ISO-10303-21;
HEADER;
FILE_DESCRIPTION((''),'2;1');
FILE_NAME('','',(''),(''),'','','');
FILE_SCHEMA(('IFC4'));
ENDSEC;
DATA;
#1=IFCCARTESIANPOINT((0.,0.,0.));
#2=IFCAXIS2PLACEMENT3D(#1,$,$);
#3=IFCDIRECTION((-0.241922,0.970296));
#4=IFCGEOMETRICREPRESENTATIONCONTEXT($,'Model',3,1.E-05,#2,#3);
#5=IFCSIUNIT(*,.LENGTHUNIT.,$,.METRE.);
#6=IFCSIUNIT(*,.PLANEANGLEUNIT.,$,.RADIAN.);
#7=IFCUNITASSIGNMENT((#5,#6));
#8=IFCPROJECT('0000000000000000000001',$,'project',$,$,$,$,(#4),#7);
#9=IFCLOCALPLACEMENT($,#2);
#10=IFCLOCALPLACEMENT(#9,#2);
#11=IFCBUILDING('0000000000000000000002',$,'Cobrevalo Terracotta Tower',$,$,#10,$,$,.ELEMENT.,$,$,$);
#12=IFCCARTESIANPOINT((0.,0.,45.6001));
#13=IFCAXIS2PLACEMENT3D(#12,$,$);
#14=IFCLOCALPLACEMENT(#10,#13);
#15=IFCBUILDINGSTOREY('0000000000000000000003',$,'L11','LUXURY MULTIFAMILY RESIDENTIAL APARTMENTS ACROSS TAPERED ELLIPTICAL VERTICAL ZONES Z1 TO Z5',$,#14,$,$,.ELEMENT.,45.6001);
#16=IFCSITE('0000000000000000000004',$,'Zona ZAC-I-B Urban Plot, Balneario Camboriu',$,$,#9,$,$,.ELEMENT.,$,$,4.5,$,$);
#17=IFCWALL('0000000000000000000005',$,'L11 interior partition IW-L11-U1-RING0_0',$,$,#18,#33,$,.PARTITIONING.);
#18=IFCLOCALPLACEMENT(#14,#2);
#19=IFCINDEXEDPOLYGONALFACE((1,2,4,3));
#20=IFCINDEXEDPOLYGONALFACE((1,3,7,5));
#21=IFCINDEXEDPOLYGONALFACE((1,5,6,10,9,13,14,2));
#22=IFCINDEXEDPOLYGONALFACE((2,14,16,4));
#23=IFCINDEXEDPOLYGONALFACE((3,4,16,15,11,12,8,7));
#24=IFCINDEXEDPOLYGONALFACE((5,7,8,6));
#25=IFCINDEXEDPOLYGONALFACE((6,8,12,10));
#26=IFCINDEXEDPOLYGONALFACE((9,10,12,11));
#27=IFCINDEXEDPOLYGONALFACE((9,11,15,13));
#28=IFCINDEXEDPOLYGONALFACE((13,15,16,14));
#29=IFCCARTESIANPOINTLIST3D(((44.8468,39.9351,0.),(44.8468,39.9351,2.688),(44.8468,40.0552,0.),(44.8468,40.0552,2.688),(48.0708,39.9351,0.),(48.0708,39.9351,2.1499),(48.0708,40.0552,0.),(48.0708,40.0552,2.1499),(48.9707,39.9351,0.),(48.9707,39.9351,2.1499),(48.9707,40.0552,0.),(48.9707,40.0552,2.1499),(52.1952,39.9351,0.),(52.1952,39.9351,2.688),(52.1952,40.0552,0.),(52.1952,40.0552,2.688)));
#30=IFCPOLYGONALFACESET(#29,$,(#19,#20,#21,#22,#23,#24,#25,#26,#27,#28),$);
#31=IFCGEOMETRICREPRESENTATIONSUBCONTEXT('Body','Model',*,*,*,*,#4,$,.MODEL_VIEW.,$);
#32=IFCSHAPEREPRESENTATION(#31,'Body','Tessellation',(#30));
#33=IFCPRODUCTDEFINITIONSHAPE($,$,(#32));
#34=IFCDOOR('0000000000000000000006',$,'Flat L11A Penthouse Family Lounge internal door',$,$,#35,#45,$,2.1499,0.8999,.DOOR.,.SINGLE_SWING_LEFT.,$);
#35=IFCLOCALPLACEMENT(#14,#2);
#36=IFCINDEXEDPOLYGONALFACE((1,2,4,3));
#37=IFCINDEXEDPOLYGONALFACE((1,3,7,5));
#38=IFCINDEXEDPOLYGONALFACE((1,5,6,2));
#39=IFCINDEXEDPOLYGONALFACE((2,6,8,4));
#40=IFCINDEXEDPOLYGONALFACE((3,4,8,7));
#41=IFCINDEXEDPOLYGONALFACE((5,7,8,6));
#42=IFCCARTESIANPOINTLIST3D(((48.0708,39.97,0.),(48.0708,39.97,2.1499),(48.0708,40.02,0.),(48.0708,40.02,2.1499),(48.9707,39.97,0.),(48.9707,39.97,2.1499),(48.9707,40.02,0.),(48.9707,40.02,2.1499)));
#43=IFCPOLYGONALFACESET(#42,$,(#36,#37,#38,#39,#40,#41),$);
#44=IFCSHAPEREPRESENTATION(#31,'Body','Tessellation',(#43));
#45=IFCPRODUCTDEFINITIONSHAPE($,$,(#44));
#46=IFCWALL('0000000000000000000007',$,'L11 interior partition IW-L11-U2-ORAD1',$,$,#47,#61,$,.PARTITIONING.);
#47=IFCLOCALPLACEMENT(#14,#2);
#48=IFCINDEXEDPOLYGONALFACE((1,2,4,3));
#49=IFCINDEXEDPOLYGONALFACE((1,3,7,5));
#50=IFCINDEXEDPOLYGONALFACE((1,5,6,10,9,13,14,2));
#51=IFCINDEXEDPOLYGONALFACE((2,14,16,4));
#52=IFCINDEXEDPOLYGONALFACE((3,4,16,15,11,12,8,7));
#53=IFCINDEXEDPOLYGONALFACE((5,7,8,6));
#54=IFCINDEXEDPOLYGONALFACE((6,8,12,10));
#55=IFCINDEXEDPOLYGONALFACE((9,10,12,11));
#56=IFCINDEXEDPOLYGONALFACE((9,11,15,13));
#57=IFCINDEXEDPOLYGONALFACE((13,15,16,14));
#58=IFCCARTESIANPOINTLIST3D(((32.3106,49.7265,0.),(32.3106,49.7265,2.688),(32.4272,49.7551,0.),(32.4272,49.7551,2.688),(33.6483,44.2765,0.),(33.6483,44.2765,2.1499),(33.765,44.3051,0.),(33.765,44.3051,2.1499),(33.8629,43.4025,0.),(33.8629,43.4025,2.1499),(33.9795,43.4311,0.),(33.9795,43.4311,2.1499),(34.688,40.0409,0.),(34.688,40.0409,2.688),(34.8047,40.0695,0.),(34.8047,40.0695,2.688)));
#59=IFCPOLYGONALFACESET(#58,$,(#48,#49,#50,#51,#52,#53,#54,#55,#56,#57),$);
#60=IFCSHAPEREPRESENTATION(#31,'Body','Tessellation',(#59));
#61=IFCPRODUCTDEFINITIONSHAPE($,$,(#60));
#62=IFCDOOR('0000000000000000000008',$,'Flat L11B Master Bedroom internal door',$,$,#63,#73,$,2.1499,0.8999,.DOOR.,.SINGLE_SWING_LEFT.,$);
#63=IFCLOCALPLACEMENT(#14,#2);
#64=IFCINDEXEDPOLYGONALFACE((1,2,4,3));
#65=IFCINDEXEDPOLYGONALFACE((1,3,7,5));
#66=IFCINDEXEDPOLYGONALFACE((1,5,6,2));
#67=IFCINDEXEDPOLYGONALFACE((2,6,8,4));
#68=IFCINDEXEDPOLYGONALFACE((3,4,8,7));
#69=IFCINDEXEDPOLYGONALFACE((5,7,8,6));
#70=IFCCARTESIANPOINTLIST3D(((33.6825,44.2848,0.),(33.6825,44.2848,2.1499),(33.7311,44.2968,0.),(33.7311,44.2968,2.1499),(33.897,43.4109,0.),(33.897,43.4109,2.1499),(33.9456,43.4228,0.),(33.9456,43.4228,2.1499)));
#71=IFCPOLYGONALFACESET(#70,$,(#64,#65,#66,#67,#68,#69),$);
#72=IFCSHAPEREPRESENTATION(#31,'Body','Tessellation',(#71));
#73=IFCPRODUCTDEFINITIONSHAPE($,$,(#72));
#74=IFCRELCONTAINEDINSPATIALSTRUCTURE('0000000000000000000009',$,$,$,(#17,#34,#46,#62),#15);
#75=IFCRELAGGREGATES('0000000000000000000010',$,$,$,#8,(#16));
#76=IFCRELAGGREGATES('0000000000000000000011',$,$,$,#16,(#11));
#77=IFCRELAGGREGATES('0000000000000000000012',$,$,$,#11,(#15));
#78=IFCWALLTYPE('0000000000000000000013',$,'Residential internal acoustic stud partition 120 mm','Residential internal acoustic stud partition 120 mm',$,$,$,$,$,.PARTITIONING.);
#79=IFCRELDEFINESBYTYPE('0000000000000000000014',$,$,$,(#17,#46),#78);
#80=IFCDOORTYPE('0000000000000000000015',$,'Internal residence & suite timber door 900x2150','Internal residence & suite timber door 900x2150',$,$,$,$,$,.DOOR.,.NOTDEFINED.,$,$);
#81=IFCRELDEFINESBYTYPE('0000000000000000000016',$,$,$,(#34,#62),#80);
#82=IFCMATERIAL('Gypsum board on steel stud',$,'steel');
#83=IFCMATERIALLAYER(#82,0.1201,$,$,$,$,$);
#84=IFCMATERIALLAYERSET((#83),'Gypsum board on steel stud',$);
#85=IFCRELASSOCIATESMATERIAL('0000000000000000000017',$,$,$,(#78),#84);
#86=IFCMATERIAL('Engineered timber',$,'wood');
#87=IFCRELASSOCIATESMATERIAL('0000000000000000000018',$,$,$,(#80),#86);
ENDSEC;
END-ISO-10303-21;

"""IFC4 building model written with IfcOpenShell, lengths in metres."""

from ifc_helpers import new_model, si_unit, direction, frame, frame_2d, origin, place, context, subcontext, project, spatial, rectangle, extrude, source, transform, mapped, material, layer, layer_set, type_object, element, fill, save


model = new_model("IFC4")

# Units and contexts
model_context = context("Model", 3, precision=1e-05, world=origin(), true_north=direction((-0.241922, 0.970296)))
body_context = subcontext(model_context, "Body", "Model", "MODEL_VIEW")
ifc_project = project(units=[si_unit("LENGTHUNIT", "METRE"), si_unit("PLANEANGLEUNIT", "RADIAN")], contexts=[model_context])

# Site, building, storey
site_placement = place(None, origin())
site = spatial("IfcSite", under=ifc_project, at=site_placement, Name="Zona ZAC-I-B Urban Plot, Balneario Camboriu", CompositionType="ELEMENT", RefElevation=4.5)
building_placement = place(site_placement, origin())
building = spatial("IfcBuilding", under=site, at=building_placement, Name="Cobrevalo Terracotta Tower", CompositionType="ELEMENT")
storey_placement = place(building_placement, frame((0.0, 0.0, 45.6001)))
storey = spatial("IfcBuildingStorey", under=building, at=storey_placement, Name="L11", Description="LUXURY MULTIFAMILY RESIDENTIAL APARTMENTS ACROSS TAPERED ELLIPTICAL VERTICAL ZONES Z1 TO Z5", CompositionType="ELEMENT", Elevation=45.6001)

# Shared definitions
ifc_material_1 = material(Name="Gypsum board on steel stud", Category="steel")

# Walls, openings, doors
ifc_layer_1 = layer(ifc_material_1, 0.1201)
ifc_layer_set_1 = layer_set([ifc_layer_1], Name="Gypsum board on steel stud")
wall_type_1 = type_object("IfcWallType", Name="Residential internal acoustic stud partition 120 mm", Description="Residential internal acoustic stud partition 120 mm", PredefinedType="PARTITIONING", material=ifc_layer_set_1)
wall_1_placement = place(storey_placement, frame((44.8467, 39.9951, 0.0), z_axis=(0.0, 0.0, 1.0), x_axis=(1.0, 0.0, 0.0)))
wall_1 = element("IfcWall", 1, at=wall_1_placement, inside=storey, type_object=wall_type_1, Name="L11 interior partition IW-L11-U1-RING0_0", PredefinedType="PARTITIONING", context=body_context, shape_type="SweptSolid", body=[
    extrude(rectangle(XDim=7.3484, YDim=0.1201, at=frame_2d((3.6743, 0.0))), origin(), (0.0, 0.0, 1.0), 2.688),
])
opening_1_placement = place(wall_1_placement, frame((3.2241, 0.0, 0.0)))
opening_1 = element("IfcOpeningElement", 2, at=opening_1_placement, cuts=wall_1, PredefinedType="OPENING", context=body_context, shape_type="SweptSolid", body=[
    extrude(rectangle(XDim=0.8999, YDim=2.1499, at=frame_2d((0.45, 1.075))), frame((0.0, 0.0701, 0.0), z_axis=(0.0, -1.0, 0.0), x_axis=(1.0, 0.0, 0.0)), (0.0, 0.0, 1.0), 0.1401),
])
ifc_material_2 = material(Name="Engineered timber", Category="wood")
door_type_1 = type_object("IfcDoorType", Name="Internal residence & suite timber door 900x2150", Description="Internal residence & suite timber door 900x2150", OperationType="NOTDEFINED", PredefinedType="DOOR", material=ifc_material_2)
shared_shape_1 = source(origin(), body_context, "Body", "SweptSolid", [
    extrude(rectangle(XDim=0.8999, YDim=2.1499, at=frame_2d((0.45, 1.075))), frame((0.0, 0.0249, 0.0), z_axis=(0.0, -1.0, 0.0), x_axis=(1.0, 0.0, 0.0)), (0.0, 0.0, 1.0), 0.05),
])
door_1_placement = place(opening_1_placement, origin())
door_1 = element("IfcDoor", 3, at=door_1_placement, inside=storey, type_object=door_type_1, Name="Flat L11A Penthouse Family Lounge internal door", OperationType="SINGLE_SWING_LEFT", OverallHeight=2.1499, OverallWidth=0.8999, PredefinedType="DOOR", context=body_context, shape_type="MappedRepresentation", body=[
    mapped(shared_shape_1, transform((0.0, 0.0, 0.0), scale=1.0)),
])
fill(opening_1, door_1)
wall_2_placement = place(storey_placement, frame((34.7463, 40.0552, 0.0), z_axis=(0.0, 0.0, 1.0), x_axis=(-0.238386, 0.97117, 0.0)))
wall_2 = element("IfcWall", 4, at=wall_2_placement, inside=storey, type_object=wall_type_1, Name="L11 interior partition IW-L11-U2-ORAD1", PredefinedType="PARTITIONING", context=body_context, shape_type="SweptSolid", body=[
    extrude(rectangle(XDim=9.9731, YDim=0.1201, at=frame_2d((4.9866, 0.0))), origin(), (0.0, 0.0, 1.0), 2.688),
])
opening_2_placement = place(wall_2_placement, frame((3.4614, 0.0, 0.0)))
opening_2 = element("IfcOpeningElement", 5, at=opening_2_placement, cuts=wall_2, PredefinedType="OPENING", context=body_context, shape_type="SweptSolid", body=[
    extrude(rectangle(XDim=0.8999, YDim=2.1499, at=frame_2d((0.45, 1.075))), frame((0.0, 0.0701, 0.0), z_axis=(0.0, -1.0, 0.0), x_axis=(1.0, 0.0, 0.0)), (0.0, 0.0, 1.0), 0.1401),
])
door_2_placement = place(opening_2_placement, origin())
door_2 = element("IfcDoor", 6, at=door_2_placement, inside=storey, type_object=door_type_1, Name="Flat L11B Master Bedroom internal door", OperationType="SINGLE_SWING_LEFT", OverallHeight=2.1499, OverallWidth=0.8999, PredefinedType="DOOR", context=body_context, shape_type="MappedRepresentation", body=[
    mapped(shared_shape_1, transform((0.0, 0.0, 0.0), scale=1.0)),
])
fill(opening_2, door_2)

save(model, "model.ifc")
